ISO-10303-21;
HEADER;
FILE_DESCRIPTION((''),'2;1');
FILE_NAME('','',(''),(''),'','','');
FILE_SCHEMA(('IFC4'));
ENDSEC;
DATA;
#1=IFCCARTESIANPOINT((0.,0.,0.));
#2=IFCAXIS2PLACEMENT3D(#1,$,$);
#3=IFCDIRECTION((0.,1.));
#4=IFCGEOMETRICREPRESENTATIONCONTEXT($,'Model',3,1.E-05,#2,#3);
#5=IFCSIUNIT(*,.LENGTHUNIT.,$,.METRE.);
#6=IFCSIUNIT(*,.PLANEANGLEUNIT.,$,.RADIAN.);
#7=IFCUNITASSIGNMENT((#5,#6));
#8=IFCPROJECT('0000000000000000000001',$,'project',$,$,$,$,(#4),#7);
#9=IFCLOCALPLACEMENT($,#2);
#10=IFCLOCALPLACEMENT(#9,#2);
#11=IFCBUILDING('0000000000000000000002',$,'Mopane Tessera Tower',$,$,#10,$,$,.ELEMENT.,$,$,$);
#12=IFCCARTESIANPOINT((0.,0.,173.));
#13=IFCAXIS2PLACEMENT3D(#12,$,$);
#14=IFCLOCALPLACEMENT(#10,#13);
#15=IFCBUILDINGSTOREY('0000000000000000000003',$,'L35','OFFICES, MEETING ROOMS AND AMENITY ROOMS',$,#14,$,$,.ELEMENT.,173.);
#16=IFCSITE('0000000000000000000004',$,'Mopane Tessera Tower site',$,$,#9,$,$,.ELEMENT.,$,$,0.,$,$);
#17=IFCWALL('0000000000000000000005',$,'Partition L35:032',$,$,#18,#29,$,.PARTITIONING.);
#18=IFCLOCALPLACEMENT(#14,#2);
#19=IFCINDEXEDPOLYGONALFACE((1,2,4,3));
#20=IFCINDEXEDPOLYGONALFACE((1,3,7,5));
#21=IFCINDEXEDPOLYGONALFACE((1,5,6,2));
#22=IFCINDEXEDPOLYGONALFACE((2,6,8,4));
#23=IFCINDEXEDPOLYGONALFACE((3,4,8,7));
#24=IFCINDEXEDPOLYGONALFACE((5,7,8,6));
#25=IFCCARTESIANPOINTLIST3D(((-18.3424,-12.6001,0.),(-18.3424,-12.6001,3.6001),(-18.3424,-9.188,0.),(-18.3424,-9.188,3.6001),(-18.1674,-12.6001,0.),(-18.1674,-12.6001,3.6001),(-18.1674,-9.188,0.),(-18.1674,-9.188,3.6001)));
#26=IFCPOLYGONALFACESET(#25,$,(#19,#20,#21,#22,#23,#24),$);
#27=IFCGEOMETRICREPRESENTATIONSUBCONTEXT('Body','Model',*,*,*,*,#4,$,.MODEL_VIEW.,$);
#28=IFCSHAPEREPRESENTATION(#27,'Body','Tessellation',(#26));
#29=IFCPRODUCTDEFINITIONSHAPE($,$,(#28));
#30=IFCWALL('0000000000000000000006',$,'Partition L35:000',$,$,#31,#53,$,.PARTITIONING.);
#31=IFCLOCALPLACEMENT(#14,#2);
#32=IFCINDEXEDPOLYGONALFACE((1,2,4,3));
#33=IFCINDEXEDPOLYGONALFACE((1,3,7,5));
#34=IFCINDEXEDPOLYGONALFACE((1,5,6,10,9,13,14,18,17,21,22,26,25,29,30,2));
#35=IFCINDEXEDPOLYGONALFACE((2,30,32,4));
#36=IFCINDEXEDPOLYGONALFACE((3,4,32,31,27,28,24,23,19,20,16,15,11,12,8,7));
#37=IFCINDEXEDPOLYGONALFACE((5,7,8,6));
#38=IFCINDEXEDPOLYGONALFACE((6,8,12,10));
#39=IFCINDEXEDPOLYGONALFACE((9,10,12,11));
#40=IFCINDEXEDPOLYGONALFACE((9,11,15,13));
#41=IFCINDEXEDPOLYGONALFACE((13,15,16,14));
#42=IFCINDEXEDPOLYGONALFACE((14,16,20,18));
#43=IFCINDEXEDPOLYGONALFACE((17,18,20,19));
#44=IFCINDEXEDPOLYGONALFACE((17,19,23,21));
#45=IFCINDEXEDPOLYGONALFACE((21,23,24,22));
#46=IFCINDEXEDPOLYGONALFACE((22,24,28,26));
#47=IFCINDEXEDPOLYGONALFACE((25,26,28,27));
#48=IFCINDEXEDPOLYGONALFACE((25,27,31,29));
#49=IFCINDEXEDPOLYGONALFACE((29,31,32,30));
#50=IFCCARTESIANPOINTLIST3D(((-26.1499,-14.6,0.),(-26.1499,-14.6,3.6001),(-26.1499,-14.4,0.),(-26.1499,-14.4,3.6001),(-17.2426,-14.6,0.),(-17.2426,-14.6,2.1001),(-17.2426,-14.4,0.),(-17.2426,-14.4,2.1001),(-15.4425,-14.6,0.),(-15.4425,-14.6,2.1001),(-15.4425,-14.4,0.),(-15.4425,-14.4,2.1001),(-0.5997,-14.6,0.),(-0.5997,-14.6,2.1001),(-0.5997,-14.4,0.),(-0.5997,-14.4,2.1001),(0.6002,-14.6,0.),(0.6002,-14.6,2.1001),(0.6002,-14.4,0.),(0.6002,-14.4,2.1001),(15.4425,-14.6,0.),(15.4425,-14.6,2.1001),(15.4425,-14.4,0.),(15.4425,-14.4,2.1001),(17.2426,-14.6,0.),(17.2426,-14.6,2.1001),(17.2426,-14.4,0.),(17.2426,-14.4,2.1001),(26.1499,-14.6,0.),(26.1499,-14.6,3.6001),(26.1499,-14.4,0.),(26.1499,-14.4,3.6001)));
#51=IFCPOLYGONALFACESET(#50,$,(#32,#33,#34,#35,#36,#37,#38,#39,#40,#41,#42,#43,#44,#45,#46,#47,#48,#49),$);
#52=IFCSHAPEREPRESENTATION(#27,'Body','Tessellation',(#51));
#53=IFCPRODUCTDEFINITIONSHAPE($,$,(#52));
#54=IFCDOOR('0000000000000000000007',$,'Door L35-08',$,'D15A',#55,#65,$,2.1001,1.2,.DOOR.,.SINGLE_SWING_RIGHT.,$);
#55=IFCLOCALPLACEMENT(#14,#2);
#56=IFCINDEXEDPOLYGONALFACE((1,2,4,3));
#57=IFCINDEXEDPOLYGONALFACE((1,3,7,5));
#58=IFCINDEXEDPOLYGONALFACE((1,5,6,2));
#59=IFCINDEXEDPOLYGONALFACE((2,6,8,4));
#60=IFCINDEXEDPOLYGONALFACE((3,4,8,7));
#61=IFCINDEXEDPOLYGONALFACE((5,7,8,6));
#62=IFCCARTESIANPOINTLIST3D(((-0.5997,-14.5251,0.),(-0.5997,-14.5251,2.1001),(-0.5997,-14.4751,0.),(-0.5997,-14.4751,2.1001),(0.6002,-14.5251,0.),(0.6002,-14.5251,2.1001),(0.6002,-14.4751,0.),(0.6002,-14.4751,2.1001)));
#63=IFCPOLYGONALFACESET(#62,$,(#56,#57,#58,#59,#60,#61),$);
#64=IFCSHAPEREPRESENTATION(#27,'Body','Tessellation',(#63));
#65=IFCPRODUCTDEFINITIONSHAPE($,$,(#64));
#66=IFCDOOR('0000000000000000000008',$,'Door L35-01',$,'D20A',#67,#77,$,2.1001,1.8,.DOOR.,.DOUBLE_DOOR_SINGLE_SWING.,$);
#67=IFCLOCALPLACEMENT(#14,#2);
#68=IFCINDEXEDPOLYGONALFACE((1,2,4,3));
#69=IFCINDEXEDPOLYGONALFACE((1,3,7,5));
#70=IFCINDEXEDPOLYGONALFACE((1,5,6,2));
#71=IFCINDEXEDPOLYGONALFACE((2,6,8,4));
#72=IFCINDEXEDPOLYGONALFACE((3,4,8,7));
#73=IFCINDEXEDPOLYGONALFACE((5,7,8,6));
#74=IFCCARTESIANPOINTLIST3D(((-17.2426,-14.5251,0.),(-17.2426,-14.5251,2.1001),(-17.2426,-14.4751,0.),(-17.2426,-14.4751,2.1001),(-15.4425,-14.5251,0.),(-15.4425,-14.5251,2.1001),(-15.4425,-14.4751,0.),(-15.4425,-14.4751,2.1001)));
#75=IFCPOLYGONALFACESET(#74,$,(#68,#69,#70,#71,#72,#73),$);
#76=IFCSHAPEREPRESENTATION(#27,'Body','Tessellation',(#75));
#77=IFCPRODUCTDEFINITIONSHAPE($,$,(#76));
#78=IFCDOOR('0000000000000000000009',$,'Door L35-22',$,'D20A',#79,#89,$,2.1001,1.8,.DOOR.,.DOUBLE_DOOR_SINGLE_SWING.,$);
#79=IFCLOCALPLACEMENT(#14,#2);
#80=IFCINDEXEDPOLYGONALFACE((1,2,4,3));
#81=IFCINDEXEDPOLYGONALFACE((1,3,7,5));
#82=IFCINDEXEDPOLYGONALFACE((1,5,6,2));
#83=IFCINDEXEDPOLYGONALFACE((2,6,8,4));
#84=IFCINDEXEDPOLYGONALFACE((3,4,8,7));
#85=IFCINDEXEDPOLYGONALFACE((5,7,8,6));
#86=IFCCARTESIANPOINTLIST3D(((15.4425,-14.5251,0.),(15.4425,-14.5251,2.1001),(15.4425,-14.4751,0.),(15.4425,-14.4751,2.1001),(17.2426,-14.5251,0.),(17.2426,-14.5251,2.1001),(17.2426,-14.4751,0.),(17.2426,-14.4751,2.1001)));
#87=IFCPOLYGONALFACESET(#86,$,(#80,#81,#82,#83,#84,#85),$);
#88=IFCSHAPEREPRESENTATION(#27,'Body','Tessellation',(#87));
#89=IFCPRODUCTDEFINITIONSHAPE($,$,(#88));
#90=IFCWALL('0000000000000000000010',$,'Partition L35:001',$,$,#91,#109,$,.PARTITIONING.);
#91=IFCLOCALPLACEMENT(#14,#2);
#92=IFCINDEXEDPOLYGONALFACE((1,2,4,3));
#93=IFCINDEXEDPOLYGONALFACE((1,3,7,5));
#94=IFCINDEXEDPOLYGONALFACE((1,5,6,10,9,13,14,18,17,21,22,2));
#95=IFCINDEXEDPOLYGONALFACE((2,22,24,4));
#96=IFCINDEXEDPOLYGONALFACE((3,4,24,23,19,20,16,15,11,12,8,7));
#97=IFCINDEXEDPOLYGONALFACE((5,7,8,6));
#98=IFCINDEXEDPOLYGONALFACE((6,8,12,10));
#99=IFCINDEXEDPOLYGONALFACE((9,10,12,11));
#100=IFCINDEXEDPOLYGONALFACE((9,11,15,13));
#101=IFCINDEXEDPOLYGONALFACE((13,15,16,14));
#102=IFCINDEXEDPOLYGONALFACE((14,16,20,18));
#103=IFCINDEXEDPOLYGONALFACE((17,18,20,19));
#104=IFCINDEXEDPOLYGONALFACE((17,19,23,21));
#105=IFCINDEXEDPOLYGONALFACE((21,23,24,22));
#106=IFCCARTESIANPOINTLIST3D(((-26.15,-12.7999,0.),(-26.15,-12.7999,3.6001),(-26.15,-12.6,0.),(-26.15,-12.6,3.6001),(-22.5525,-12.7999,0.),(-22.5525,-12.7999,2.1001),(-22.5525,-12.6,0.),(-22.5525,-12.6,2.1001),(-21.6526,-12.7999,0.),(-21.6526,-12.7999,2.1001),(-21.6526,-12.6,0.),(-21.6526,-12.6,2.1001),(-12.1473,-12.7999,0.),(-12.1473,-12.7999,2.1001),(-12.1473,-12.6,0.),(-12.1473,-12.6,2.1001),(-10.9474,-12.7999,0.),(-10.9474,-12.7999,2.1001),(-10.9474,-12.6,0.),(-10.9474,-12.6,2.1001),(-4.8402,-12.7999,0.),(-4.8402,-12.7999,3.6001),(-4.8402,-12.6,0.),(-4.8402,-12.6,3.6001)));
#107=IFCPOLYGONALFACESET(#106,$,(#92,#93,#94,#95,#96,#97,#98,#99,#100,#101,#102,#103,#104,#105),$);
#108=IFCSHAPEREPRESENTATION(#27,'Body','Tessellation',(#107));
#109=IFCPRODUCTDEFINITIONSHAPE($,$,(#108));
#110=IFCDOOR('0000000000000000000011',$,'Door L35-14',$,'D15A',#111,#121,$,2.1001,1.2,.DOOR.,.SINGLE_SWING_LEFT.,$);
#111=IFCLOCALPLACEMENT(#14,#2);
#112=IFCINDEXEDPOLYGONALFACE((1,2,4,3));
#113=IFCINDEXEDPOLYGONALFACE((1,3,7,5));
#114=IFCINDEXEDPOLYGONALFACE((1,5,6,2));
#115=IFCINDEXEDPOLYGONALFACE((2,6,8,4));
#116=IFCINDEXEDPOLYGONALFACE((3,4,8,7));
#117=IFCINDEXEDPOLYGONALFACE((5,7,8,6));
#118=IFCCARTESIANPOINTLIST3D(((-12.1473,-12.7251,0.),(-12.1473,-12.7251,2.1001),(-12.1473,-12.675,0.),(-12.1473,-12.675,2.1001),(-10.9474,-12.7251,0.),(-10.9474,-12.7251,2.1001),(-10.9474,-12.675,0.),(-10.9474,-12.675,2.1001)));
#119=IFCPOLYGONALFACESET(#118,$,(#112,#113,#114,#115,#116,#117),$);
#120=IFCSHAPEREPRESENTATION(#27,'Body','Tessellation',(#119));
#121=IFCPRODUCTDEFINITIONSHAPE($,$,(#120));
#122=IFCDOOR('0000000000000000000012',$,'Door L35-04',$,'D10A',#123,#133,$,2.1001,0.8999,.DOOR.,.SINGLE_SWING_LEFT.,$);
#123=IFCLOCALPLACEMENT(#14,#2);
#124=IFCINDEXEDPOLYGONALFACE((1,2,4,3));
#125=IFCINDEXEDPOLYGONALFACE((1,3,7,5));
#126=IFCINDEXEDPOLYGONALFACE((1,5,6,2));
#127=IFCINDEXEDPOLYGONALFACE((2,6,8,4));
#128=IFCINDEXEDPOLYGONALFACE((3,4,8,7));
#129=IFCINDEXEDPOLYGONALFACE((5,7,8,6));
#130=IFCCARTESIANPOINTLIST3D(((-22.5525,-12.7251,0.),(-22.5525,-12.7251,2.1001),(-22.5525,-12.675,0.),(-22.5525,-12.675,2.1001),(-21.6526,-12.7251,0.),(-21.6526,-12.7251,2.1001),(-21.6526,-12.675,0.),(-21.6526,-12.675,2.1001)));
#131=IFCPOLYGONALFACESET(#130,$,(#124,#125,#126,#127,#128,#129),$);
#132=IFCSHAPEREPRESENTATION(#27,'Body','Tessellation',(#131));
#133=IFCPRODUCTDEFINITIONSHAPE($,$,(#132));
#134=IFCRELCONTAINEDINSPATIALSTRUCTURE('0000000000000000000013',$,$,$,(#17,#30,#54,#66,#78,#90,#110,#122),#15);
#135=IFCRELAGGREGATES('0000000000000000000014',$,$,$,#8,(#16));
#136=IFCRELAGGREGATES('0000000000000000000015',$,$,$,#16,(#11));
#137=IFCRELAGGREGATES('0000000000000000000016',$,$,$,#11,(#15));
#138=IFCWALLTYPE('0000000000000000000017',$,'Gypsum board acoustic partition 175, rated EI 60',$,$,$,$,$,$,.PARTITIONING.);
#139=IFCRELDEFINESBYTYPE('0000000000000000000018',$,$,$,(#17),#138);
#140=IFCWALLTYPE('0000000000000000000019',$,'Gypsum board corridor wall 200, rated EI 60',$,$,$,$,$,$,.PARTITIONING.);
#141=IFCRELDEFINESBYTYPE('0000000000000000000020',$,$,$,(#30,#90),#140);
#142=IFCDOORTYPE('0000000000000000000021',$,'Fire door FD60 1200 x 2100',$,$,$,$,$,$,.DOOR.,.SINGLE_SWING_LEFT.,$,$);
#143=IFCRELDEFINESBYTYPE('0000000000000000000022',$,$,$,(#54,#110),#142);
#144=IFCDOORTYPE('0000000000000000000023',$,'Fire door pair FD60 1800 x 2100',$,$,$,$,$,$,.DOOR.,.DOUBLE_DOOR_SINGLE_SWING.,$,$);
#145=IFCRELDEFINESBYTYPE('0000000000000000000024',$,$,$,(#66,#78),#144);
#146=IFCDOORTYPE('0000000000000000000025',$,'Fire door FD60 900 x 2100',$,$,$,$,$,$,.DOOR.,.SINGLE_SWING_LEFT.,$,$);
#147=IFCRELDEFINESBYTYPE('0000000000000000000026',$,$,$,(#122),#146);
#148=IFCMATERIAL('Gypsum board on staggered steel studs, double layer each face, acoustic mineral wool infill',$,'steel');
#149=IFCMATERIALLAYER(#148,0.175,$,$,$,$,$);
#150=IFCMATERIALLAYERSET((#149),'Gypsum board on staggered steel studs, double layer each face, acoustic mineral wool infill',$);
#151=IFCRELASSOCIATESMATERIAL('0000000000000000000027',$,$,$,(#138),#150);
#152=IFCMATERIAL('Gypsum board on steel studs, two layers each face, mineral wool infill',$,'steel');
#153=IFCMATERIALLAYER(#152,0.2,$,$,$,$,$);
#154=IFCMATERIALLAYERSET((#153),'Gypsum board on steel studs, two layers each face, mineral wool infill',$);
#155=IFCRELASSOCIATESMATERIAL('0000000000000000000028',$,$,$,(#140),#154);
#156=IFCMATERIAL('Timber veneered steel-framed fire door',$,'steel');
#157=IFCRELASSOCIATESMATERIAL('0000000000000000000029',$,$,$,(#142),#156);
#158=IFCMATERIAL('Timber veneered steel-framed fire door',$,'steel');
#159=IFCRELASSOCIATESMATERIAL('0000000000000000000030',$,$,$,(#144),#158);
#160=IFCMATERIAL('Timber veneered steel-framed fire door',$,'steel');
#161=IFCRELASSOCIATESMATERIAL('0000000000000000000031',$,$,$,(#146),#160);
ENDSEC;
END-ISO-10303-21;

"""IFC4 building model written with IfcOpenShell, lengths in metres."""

from ifc_helpers import new_model, si_unit, direction, frame, frame_2d, origin, place, context, subcontext, project, spatial, rectangle, extrude, material, layer, layer_set, type_object, element, fill, save


model = new_model("IFC4")

# Units and contexts
model_context = context("Model", 3, precision=1e-05, world=origin(), true_north=direction((0.0, 1.0)))
body_context = subcontext(model_context, "Body", "Model", "MODEL_VIEW")
ifc_project = project(units=[si_unit("LENGTHUNIT", "METRE"), si_unit("PLANEANGLEUNIT", "RADIAN")], contexts=[model_context])

# Site, building, storey
site_placement = place(None, origin())
site = spatial("IfcSite", under=ifc_project, at=site_placement, Name="Mopane Tessera Tower site", CompositionType="ELEMENT", RefElevation=0.0)
building_placement = place(site_placement, origin())
building = spatial("IfcBuilding", under=site, at=building_placement, Name="Mopane Tessera Tower", CompositionType="ELEMENT")
storey_placement = place(building_placement, frame((0.0, 0.0, 173.0)))
storey = spatial("IfcBuildingStorey", under=building, at=storey_placement, Name="L35", Description="OFFICES, MEETING ROOMS AND AMENITY ROOMS", CompositionType="ELEMENT", Elevation=173.0)

# Wall
ifc_material_1 = material(Name="Gypsum board on staggered steel studs, double layer each face, acoustic mineral wool infill", Category="steel")
ifc_layer_1 = layer(ifc_material_1, 0.175)
ifc_layer_set_1 = layer_set([ifc_layer_1], Name="Gypsum board on staggered steel studs, double layer each face, acoustic mineral wool infill")
wall_type_1 = type_object("IfcWallType", Name="Gypsum board acoustic partition 175, rated EI 60", PredefinedType="PARTITIONING", material=ifc_layer_set_1)
wall_1_placement = place(storey_placement, frame((-18.2549, -12.6001, 0.0), z_axis=(0.0, 0.0, 1.0), x_axis=(0.0, 1.0, 0.0)))
element("IfcWall", 1, at=wall_1_placement, inside=storey, type_object=wall_type_1, Name="Partition L35:032", PredefinedType="PARTITIONING", context=body_context, shape_type="SweptSolid", body=[
    extrude(rectangle(XDim=3.4121, YDim=0.175, at=frame_2d((1.7061, 0.0))), origin(), (0.0, 0.0, 1.0), 3.6001),
])

# Walls, openings, doors
ifc_material_2 = material(Name="Gypsum board on steel studs, two layers each face, mineral wool infill", Category="steel")
ifc_layer_2 = layer(ifc_material_2, 0.2)
ifc_layer_set_2 = layer_set([ifc_layer_2], Name="Gypsum board on steel studs, two layers each face, mineral wool infill")
wall_type_2 = type_object("IfcWallType", Name="Gypsum board corridor wall 200, rated EI 60", PredefinedType="PARTITIONING", material=ifc_layer_set_2)
wall_2_placement = place(storey_placement, frame((-26.1499, -14.5, 0.0), z_axis=(0.0, 0.0, 1.0), x_axis=(1.0, 0.0, 0.0)))
wall_2 = element("IfcWall", 2, at=wall_2_placement, inside=storey, type_object=wall_type_2, Name="Partition L35:000", PredefinedType="PARTITIONING", context=body_context, shape_type="SweptSolid", body=[
    extrude(rectangle(XDim=52.2998, YDim=0.2, at=frame_2d((26.1499, 0.0))), origin(), (0.0, 0.0, 1.0), 3.6001),
])
opening_1_placement = place(wall_2_placement, frame((8.9075, 0.0, 0.0)))
opening_1 = element("IfcOpeningElement", 3, at=opening_1_placement, cuts=wall_2, PredefinedType="OPENING", context=body_context, shape_type="SweptSolid", body=[
    extrude(rectangle(XDim=1.8, YDim=2.1001, at=frame_2d((0.8999, 1.05))), frame((0.0, 0.1121, 0.0), z_axis=(0.0, -1.0, 0.0), x_axis=(1.0, 0.0, 0.0)), (0.0, 0.0, 1.0), 0.2239),
])
opening_2_placement = place(wall_2_placement, frame((25.55, 0.0, 0.0)))
opening_2 = element("IfcOpeningElement", 4, at=opening_2_placement, cuts=wall_2, PredefinedType="OPENING", context=body_context, shape_type="SweptSolid", body=[
    extrude(rectangle(XDim=1.2, YDim=2.1001, at=frame_2d((0.6001, 1.05))), frame((0.0, 0.1121, 0.0), z_axis=(0.0, -1.0, 0.0), x_axis=(1.0, 0.0, 0.0)), (0.0, 0.0, 1.0), 0.2239),
])
opening_3_placement = place(wall_2_placement, frame((41.5925, 0.0, 0.0)))
opening_3 = element("IfcOpeningElement", 5, at=opening_3_placement, cuts=wall_2, PredefinedType="OPENING", context=body_context, shape_type="SweptSolid", body=[
    extrude(rectangle(XDim=1.8, YDim=2.1001, at=frame_2d((0.8999, 1.05))), frame((0.0, 0.1121, 0.0), z_axis=(0.0, -1.0, 0.0), x_axis=(1.0, 0.0, 0.0)), (0.0, 0.0, 1.0), 0.2239),
])
ifc_material_3 = material(Name="Timber veneered steel-framed fire door", Category="steel")
door_type_1 = type_object("IfcDoorType", Name="Fire door FD60 1200 x 2100", OperationType="SINGLE_SWING_LEFT", PredefinedType="DOOR", material=ifc_material_3)
door_1_placement = place(opening_2_placement, origin())
door_1 = element("IfcDoor", 6, at=door_1_placement, inside=storey, type_object=door_type_1, Name="Door L35-08", ObjectType="D15A", OperationType="SINGLE_SWING_RIGHT", OverallHeight=2.1001, OverallWidth=1.2, PredefinedType="DOOR", context=body_context, shape_type="SweptSolid", body=[
    extrude(rectangle(XDim=1.2, YDim=2.1001, at=frame_2d((0.6001, 1.05))), frame((0.0, 0.0249, 0.0), z_axis=(0.0, -1.0, 0.0), x_axis=(1.0, 0.0, 0.0)), (0.0, 0.0, 1.0), 0.05),
])
fill(opening_2, door_1)
ifc_material_4 = material(Name="Timber veneered steel-framed fire door", Category="steel")
door_type_2 = type_object("IfcDoorType", Name="Fire door pair FD60 1800 x 2100", OperationType="DOUBLE_DOOR_SINGLE_SWING", PredefinedType="DOOR", material=ifc_material_4)
door_2_placement = place(opening_1_placement, origin())
door_2 = element("IfcDoor", 7, at=door_2_placement, inside=storey, type_object=door_type_2, Name="Door L35-01", ObjectType="D20A", OperationType="DOUBLE_DOOR_SINGLE_SWING", OverallHeight=2.1001, OverallWidth=1.8, PredefinedType="DOOR", context=body_context, shape_type="SweptSolid", body=[
    extrude(rectangle(XDim=1.8, YDim=2.1001, at=frame_2d((0.8999, 1.05))), frame((0.0, 0.0249, 0.0), z_axis=(0.0, -1.0, 0.0), x_axis=(1.0, 0.0, 0.0)), (0.0, 0.0, 1.0), 0.05),
])
fill(opening_1, door_2)
door_3_placement = place(opening_3_placement, origin())
door_3 = element("IfcDoor", 8, at=door_3_placement, inside=storey, type_object=door_type_2, Name="Door L35-22", ObjectType="D20A", OperationType="DOUBLE_DOOR_SINGLE_SWING", OverallHeight=2.1001, OverallWidth=1.8, PredefinedType="DOOR", context=body_context, shape_type="SweptSolid", body=[
    extrude(rectangle(XDim=1.8, YDim=2.1001, at=frame_2d((0.8999, 1.05))), frame((0.0, 0.0249, 0.0), z_axis=(0.0, -1.0, 0.0), x_axis=(1.0, 0.0, 0.0)), (0.0, 0.0, 1.0), 0.05),
])
fill(opening_3, door_3)
wall_3_placement = place(storey_placement, frame((-26.1499, -12.7, 0.0), z_axis=(0.0, 0.0, 1.0), x_axis=(1.0, 0.0, 0.0)))
wall_3 = element("IfcWall", 9, at=wall_3_placement, inside=storey, type_object=wall_type_2, Name="Partition L35:001", PredefinedType="PARTITIONING", context=body_context, shape_type="SweptSolid", body=[
    extrude(rectangle(XDim=21.3098, YDim=0.2, at=frame_2d((10.6548, 0.0))), origin(), (0.0, 0.0, 1.0), 3.6001),
])
opening_4_placement = place(wall_3_placement, frame((3.5974, 0.0, 0.0)))
opening_4 = element("IfcOpeningElement", 10, at=opening_4_placement, cuts=wall_3, PredefinedType="OPENING", context=body_context, shape_type="SweptSolid", body=[
    extrude(rectangle(XDim=0.8999, YDim=2.1001, at=frame_2d((0.45, 1.05))), frame((0.0, 0.1121, 0.0), z_axis=(0.0, -1.0, 0.0), x_axis=(1.0, 0.0, 0.0)), (0.0, 0.0, 1.0), 0.2239),
])
opening_5_placement = place(wall_3_placement, frame((14.0024, 0.0, 0.0)))
opening_5 = element("IfcOpeningElement", 11, at=opening_5_placement, cuts=wall_3, PredefinedType="OPENING", context=body_context, shape_type="SweptSolid", body=[
    extrude(rectangle(XDim=1.2, YDim=2.1001, at=frame_2d((0.6001, 1.05))), frame((0.0, 0.1121, 0.0), z_axis=(0.0, -1.0, 0.0), x_axis=(1.0, 0.0, 0.0)), (0.0, 0.0, 1.0), 0.2239),
])
door_4_placement = place(opening_5_placement, origin())
door_4 = element("IfcDoor", 12, at=door_4_placement, inside=storey, type_object=door_type_1, Name="Door L35-14", ObjectType="D15A", OperationType="SINGLE_SWING_LEFT", OverallHeight=2.1001, OverallWidth=1.2, PredefinedType="DOOR", context=body_context, shape_type="SweptSolid", body=[
    extrude(rectangle(XDim=1.2, YDim=2.1001, at=frame_2d((0.6001, 1.05))), frame((0.0, 0.0249, 0.0), z_axis=(0.0, -1.0, 0.0), x_axis=(1.0, 0.0, 0.0)), (0.0, 0.0, 1.0), 0.05),
])
fill(opening_5, door_4)
ifc_material_5 = material(Name="Timber veneered steel-framed fire door", Category="steel")
door_type_3 = type_object("IfcDoorType", Name="Fire door FD60 900 x 2100", OperationType="SINGLE_SWING_LEFT", PredefinedType="DOOR", material=ifc_material_5)
door_5_placement = place(opening_4_placement, origin())
door_5 = element("IfcDoor", 13, at=door_5_placement, inside=storey, type_object=door_type_3, Name="Door L35-04", ObjectType="D10A", OperationType="SINGLE_SWING_LEFT", OverallHeight=2.1001, OverallWidth=0.8999, PredefinedType="DOOR", context=body_context, shape_type="SweptSolid", body=[
    extrude(rectangle(XDim=0.8999, YDim=2.1001, at=frame_2d((0.45, 1.05))), frame((0.0, 0.0249, 0.0), z_axis=(0.0, -1.0, 0.0), x_axis=(1.0, 0.0, 0.0)), (0.0, 0.0, 1.0), 0.05),
])
fill(opening_4, door_5)

save(model, "model.ifc")
